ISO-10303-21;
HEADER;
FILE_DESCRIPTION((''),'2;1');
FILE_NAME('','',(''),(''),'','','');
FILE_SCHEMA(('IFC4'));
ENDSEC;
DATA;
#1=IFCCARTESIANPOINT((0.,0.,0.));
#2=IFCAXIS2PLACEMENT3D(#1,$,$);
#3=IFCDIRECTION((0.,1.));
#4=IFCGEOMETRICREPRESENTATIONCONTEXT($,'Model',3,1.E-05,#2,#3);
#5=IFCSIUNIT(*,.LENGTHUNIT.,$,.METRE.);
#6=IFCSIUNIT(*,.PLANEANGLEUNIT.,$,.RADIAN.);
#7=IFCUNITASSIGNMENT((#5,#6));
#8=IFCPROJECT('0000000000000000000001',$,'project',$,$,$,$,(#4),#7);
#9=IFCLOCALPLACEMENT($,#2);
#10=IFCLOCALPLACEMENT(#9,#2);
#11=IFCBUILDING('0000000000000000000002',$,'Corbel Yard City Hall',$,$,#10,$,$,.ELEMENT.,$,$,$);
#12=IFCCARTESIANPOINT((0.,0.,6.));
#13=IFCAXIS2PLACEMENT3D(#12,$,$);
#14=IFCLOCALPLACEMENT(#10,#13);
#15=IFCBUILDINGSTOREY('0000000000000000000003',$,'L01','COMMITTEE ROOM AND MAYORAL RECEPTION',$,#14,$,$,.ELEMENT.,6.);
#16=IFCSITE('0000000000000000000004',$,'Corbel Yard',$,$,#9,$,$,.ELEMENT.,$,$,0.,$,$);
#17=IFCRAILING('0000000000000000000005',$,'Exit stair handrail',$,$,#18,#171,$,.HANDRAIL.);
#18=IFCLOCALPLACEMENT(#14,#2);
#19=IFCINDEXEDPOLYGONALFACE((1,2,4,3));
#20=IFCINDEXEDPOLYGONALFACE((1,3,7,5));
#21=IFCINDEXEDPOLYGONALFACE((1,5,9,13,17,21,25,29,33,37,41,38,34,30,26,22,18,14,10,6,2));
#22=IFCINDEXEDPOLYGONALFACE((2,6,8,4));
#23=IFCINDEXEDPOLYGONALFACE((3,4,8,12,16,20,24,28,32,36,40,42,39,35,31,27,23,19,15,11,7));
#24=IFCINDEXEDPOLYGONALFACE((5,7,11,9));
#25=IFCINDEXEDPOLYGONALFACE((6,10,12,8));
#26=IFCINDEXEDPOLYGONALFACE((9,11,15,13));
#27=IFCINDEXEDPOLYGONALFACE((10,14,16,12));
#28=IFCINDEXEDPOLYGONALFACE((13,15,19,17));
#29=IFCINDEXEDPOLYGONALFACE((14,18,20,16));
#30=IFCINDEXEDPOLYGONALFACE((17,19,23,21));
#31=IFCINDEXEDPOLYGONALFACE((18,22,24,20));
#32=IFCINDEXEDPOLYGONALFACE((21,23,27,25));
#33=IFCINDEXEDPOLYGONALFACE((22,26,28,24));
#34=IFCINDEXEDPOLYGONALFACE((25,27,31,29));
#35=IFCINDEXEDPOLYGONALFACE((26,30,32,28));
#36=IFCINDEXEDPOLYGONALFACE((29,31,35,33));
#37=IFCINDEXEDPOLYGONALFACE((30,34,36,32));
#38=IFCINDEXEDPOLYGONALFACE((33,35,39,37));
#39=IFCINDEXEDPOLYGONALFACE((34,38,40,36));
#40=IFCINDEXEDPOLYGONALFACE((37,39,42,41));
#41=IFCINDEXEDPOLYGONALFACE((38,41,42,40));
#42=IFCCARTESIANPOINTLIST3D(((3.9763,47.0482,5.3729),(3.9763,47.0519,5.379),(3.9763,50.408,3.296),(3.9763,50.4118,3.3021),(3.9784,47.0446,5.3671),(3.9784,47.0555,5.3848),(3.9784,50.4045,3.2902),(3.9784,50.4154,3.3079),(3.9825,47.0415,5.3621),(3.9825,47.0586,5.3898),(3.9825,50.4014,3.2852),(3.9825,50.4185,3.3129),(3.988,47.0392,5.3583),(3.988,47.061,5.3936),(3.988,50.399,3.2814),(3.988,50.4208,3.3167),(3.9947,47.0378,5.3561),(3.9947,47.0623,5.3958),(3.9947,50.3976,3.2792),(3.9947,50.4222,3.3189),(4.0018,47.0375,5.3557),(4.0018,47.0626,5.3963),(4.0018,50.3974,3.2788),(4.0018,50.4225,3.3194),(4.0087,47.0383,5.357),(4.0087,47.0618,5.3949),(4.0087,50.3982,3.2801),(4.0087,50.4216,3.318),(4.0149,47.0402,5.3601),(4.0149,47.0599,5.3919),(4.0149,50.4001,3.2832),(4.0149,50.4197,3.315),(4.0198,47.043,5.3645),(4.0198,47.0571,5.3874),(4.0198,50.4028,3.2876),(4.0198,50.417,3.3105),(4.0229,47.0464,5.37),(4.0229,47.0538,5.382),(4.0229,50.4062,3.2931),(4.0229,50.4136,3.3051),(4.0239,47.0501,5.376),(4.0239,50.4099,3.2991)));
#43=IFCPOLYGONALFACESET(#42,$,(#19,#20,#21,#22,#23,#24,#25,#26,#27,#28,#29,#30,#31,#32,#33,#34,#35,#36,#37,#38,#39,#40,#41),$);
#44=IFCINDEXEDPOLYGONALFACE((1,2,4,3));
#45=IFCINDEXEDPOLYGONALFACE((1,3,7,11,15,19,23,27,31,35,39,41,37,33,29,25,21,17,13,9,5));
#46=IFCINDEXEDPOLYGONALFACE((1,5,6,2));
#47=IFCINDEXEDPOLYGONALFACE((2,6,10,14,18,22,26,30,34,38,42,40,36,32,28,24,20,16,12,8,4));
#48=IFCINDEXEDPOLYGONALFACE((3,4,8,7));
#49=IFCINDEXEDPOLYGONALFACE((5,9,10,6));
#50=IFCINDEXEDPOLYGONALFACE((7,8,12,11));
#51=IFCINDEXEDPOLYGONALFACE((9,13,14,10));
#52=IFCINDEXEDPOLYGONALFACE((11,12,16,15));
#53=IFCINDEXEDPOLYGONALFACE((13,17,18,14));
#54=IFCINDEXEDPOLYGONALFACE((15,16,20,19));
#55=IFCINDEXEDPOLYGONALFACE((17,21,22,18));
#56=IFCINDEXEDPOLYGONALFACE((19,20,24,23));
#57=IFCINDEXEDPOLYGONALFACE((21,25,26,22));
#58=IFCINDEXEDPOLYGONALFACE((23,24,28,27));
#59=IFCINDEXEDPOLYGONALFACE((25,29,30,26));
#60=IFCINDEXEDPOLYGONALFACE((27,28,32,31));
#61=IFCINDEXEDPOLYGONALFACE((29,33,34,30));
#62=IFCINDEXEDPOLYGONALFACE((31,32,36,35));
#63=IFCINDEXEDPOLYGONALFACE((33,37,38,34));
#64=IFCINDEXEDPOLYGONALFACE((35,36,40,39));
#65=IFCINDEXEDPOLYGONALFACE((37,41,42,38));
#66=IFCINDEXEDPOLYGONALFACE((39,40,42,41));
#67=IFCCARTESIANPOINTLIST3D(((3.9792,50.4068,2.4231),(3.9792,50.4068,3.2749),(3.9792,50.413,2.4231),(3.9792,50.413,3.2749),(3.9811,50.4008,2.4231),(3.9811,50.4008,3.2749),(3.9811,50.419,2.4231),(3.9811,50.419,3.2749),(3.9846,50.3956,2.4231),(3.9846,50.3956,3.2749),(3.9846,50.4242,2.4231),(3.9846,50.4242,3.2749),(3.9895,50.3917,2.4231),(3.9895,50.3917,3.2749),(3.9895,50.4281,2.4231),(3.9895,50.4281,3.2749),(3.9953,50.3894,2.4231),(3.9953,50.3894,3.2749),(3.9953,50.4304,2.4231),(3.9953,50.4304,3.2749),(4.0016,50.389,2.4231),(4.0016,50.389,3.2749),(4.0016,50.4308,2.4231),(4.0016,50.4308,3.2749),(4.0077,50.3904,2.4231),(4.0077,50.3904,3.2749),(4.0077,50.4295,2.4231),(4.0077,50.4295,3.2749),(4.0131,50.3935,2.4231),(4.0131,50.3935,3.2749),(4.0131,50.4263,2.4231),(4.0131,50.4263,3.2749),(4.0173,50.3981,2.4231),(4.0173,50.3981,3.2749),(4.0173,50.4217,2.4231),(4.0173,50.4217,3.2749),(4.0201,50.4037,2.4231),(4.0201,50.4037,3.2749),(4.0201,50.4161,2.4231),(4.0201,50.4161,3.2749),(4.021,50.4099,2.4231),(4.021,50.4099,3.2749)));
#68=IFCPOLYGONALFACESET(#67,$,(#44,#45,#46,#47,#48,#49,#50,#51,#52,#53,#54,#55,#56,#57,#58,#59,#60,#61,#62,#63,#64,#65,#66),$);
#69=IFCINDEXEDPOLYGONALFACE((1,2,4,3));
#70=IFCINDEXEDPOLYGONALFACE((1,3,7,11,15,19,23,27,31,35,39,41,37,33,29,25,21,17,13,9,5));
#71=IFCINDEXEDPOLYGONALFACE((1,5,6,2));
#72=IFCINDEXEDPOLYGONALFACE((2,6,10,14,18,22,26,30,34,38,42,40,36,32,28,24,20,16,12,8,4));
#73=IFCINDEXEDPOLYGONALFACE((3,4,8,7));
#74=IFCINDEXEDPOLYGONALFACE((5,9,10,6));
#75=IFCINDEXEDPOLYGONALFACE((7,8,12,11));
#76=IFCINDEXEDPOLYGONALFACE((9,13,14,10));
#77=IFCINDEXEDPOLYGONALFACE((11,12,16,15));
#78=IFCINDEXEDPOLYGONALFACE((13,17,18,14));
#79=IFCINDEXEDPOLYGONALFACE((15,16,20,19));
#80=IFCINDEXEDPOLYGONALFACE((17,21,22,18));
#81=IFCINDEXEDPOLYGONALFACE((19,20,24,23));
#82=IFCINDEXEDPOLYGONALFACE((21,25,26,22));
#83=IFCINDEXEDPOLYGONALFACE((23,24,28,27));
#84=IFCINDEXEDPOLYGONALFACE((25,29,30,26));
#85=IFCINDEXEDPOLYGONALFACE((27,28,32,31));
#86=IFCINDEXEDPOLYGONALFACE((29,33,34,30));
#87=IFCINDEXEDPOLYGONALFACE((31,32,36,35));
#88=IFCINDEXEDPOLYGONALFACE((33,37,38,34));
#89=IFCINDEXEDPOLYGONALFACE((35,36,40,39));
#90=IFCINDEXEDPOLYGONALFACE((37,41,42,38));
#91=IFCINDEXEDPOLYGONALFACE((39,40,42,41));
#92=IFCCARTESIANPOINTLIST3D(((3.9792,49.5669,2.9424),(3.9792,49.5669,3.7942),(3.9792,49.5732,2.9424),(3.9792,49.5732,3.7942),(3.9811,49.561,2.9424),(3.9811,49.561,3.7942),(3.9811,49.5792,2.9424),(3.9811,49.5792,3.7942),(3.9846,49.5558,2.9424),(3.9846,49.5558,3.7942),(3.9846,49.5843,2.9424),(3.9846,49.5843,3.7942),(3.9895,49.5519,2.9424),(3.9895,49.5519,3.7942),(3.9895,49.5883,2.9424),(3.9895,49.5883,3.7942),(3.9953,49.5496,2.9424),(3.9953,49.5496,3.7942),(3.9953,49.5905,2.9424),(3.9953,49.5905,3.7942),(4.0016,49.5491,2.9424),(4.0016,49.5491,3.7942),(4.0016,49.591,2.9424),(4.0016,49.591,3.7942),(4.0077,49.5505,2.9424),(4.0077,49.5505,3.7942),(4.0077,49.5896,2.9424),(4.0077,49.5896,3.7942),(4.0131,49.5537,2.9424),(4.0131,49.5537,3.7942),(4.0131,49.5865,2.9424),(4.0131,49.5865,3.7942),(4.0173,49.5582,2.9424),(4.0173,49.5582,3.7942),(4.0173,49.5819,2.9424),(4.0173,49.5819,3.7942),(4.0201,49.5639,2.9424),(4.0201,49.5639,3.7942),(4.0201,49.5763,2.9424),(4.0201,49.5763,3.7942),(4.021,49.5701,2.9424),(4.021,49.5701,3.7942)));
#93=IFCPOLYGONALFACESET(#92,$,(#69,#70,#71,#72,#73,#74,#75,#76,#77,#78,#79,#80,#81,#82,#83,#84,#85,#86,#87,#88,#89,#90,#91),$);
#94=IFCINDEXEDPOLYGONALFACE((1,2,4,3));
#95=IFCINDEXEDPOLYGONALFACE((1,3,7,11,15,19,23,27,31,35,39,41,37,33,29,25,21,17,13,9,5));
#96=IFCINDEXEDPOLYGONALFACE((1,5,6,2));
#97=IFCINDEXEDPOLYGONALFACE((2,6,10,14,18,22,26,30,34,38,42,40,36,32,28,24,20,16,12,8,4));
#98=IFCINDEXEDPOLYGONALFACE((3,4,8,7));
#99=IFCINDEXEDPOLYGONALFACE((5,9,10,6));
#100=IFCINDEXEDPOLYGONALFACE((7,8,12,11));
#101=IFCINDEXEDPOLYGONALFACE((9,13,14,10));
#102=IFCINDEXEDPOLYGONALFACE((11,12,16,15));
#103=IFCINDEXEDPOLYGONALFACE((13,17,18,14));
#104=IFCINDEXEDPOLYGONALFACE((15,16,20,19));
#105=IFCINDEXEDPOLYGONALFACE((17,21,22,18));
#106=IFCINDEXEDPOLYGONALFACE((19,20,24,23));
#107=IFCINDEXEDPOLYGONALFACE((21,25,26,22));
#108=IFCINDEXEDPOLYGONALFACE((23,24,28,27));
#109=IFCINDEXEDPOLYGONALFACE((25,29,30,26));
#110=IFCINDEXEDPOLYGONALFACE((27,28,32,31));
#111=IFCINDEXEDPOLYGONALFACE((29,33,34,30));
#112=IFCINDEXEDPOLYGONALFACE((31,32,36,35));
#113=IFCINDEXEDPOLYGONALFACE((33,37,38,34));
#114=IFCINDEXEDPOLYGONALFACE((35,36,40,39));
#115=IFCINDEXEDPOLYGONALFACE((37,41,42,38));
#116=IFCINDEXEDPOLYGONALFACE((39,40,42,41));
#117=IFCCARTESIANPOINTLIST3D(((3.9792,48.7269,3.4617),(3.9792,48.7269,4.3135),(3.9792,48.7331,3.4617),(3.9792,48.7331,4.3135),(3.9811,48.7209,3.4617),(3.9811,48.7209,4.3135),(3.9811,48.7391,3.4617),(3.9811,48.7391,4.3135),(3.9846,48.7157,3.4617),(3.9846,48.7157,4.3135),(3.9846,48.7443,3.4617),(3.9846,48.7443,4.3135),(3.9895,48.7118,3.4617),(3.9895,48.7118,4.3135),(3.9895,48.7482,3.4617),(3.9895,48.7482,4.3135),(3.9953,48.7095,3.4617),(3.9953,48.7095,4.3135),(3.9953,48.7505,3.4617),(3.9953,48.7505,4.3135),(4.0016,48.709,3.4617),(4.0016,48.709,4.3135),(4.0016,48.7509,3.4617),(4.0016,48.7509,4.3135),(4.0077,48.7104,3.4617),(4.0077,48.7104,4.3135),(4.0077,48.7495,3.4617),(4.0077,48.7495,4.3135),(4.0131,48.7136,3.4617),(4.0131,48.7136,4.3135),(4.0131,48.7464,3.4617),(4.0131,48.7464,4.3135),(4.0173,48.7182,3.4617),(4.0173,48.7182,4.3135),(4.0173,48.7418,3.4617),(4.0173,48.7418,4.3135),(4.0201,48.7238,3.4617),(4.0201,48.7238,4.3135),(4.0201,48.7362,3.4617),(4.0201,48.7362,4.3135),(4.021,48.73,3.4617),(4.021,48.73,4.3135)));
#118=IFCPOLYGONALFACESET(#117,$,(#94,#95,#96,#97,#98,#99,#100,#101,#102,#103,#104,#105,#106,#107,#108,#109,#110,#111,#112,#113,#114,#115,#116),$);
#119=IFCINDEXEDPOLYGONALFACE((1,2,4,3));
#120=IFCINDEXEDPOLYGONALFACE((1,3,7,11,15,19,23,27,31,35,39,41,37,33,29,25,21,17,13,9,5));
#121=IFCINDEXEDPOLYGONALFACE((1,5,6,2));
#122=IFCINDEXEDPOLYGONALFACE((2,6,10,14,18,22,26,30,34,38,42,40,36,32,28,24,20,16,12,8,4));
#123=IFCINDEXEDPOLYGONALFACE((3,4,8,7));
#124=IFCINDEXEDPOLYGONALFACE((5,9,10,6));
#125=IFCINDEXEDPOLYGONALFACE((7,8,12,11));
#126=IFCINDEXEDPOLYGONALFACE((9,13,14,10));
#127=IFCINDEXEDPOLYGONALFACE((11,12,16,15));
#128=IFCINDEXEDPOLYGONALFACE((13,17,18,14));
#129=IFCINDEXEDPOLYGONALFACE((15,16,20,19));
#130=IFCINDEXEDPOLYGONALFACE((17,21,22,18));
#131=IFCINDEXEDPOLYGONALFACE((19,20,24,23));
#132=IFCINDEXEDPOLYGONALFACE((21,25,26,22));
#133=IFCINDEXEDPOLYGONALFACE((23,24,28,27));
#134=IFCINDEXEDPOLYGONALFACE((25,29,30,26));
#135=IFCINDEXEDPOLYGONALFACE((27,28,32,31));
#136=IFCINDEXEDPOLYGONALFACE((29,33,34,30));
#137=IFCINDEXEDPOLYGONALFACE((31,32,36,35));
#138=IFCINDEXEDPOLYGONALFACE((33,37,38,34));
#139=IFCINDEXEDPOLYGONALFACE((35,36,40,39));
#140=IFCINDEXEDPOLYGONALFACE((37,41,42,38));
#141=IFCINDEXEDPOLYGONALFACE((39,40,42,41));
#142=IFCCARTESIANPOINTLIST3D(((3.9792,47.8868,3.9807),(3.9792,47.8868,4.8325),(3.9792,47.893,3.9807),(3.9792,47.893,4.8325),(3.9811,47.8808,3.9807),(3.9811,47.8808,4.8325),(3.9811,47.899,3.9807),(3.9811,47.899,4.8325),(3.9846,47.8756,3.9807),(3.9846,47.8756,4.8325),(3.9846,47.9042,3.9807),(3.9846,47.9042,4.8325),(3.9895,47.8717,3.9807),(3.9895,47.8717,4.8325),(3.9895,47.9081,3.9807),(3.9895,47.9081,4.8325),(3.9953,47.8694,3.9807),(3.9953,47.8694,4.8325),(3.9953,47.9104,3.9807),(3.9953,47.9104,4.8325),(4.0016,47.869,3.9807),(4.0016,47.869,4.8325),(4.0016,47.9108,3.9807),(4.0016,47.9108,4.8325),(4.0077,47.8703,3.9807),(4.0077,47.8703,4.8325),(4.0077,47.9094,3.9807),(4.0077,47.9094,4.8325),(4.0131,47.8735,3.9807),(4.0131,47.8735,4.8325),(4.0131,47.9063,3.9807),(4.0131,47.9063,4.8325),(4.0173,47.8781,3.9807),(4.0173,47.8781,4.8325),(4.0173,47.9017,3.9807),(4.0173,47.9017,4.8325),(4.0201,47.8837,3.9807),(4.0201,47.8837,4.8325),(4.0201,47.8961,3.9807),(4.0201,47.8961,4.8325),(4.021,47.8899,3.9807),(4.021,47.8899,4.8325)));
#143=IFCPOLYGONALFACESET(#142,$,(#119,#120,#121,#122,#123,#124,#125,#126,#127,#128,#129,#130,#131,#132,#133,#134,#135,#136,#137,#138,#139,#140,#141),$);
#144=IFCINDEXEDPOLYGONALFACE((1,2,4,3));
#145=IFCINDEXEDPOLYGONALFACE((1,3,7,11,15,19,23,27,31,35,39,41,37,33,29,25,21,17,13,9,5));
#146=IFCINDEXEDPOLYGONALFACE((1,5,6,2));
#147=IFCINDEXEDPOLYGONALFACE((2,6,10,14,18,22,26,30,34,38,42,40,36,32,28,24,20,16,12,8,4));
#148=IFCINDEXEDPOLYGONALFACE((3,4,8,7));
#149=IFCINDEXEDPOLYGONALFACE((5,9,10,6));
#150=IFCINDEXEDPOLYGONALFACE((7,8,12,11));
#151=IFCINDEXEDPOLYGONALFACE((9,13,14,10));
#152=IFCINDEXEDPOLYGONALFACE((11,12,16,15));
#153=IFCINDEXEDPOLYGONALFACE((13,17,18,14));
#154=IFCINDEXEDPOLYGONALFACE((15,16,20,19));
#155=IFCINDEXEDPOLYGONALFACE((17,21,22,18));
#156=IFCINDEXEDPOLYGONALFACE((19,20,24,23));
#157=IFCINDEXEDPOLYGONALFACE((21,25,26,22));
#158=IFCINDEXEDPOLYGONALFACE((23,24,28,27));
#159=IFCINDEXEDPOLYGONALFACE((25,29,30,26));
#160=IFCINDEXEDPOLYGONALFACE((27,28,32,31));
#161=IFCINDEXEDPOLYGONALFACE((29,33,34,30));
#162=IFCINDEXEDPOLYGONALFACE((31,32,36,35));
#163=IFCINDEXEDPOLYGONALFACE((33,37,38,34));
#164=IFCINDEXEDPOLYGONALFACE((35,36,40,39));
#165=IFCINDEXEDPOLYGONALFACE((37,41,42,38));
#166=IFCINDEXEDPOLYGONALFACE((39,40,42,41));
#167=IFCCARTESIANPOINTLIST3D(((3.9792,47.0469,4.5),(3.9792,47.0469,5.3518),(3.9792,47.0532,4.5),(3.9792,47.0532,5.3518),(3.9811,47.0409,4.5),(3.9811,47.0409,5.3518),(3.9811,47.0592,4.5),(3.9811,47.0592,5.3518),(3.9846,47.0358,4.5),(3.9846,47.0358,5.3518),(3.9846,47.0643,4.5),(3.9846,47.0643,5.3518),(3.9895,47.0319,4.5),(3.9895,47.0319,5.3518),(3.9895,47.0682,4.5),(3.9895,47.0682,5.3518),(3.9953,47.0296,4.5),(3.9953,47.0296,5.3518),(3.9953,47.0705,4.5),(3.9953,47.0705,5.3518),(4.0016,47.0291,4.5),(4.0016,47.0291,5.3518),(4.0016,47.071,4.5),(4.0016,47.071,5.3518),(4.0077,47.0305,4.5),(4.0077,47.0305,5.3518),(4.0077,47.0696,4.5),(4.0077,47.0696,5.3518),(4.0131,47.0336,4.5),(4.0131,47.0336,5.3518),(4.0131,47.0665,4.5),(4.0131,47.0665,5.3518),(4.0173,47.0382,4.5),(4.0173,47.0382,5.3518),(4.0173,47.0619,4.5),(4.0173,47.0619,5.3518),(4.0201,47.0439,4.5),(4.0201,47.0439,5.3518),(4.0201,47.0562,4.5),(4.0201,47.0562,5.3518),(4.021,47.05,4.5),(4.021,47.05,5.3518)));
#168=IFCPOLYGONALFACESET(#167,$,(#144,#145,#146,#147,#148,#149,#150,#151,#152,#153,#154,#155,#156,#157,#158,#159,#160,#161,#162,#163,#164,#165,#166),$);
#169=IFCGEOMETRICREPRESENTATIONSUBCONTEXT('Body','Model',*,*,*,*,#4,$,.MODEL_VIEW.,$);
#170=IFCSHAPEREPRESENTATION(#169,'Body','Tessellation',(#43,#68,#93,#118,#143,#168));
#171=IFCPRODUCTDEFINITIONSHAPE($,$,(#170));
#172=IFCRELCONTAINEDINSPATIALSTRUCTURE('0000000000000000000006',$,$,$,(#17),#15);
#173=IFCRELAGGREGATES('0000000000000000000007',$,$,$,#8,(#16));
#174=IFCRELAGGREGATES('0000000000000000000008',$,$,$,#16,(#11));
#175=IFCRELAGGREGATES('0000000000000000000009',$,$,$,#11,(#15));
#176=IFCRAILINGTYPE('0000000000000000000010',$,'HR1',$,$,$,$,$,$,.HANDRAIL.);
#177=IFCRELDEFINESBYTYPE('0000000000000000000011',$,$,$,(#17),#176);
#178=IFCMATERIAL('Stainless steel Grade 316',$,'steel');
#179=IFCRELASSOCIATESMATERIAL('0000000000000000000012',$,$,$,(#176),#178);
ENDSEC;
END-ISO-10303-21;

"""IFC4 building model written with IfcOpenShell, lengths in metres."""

from ifc_helpers import new_model, si_unit, direction, frame, origin, origin_2d, place, context, subcontext, project, spatial, circle, extrude, material, type_object, element, save


model = new_model("IFC4")

# Units and contexts
model_context = context("Model", 3, precision=1e-05, world=origin(), true_north=direction((0.0, 1.0)))
body_context = subcontext(model_context, "Body", "Model", "MODEL_VIEW")
ifc_project = project(units=[si_unit("LENGTHUNIT", "METRE"), si_unit("PLANEANGLEUNIT", "RADIAN")], contexts=[model_context])

# Site, building, storey
site_placement = place(None, origin())
site = spatial("IfcSite", under=ifc_project, at=site_placement, Name="Corbel Yard", CompositionType="ELEMENT", RefElevation=0.0)
building_placement = place(site_placement, origin())
building = spatial("IfcBuilding", under=site, at=building_placement, Name="Corbel Yard City Hall", CompositionType="ELEMENT")
storey_placement = place(building_placement, frame((0.0, 0.0, 6.0)))
storey = spatial("IfcBuildingStorey", under=building, at=storey_placement, Name="L01", Description="COMMITTEE ROOM AND MAYORAL RECEPTION", CompositionType="ELEMENT", Elevation=6.0)

# Shared definitions
ifc_material_1 = material(Name="Stainless steel Grade 316", Category="steel")

# Railing
railing_type_1 = type_object("IfcRailingType", Name="HR1", PredefinedType="HANDRAIL", material=ifc_material_1)
for number, where, name in (
    (1, (4.0, 50.4099, 2.4231), "Exit stair handrail"),
):
    element("IfcRailing", number, at=place(storey_placement, frame(where)), inside=storey, type_object=railing_type_1, Name=name, PredefinedType="HANDRAIL", context=body_context, shape_type="SweptSolid", body=[
        extrude(circle(Radius=0.0239, at=origin_2d()), frame((0.0, 0.0, 0.876), z_axis=(0.0, -0.850606, 0.525803), x_axis=(1.0, 0.0, 0.0)), (0.0, 0.0, 1.0), 3.95),
        extrude(circle(Radius=0.021, at=origin_2d()), origin(), (0.0, 0.0, 1.0), 0.8518),
        extrude(circle(Radius=0.021, at=origin_2d()), frame((0.0, -0.8398, 0.5193)), (0.0, 0.0, 1.0), 0.8518),
        extrude(circle(Radius=0.021, at=origin_2d()), frame((0.0, -1.6799, 1.0386)), (0.0, 0.0, 1.0), 0.8518),
        extrude(circle(Radius=0.021, at=origin_2d()), frame((0.0, -2.52, 1.5576)), (0.0, 0.0, 1.0), 0.8518),
        extrude(circle(Radius=0.021, at=origin_2d()), frame((0.0, -3.3599, 2.0769)), (0.0, 0.0, 1.0), 0.8518),
    ])

save(model, "model.ifc")
